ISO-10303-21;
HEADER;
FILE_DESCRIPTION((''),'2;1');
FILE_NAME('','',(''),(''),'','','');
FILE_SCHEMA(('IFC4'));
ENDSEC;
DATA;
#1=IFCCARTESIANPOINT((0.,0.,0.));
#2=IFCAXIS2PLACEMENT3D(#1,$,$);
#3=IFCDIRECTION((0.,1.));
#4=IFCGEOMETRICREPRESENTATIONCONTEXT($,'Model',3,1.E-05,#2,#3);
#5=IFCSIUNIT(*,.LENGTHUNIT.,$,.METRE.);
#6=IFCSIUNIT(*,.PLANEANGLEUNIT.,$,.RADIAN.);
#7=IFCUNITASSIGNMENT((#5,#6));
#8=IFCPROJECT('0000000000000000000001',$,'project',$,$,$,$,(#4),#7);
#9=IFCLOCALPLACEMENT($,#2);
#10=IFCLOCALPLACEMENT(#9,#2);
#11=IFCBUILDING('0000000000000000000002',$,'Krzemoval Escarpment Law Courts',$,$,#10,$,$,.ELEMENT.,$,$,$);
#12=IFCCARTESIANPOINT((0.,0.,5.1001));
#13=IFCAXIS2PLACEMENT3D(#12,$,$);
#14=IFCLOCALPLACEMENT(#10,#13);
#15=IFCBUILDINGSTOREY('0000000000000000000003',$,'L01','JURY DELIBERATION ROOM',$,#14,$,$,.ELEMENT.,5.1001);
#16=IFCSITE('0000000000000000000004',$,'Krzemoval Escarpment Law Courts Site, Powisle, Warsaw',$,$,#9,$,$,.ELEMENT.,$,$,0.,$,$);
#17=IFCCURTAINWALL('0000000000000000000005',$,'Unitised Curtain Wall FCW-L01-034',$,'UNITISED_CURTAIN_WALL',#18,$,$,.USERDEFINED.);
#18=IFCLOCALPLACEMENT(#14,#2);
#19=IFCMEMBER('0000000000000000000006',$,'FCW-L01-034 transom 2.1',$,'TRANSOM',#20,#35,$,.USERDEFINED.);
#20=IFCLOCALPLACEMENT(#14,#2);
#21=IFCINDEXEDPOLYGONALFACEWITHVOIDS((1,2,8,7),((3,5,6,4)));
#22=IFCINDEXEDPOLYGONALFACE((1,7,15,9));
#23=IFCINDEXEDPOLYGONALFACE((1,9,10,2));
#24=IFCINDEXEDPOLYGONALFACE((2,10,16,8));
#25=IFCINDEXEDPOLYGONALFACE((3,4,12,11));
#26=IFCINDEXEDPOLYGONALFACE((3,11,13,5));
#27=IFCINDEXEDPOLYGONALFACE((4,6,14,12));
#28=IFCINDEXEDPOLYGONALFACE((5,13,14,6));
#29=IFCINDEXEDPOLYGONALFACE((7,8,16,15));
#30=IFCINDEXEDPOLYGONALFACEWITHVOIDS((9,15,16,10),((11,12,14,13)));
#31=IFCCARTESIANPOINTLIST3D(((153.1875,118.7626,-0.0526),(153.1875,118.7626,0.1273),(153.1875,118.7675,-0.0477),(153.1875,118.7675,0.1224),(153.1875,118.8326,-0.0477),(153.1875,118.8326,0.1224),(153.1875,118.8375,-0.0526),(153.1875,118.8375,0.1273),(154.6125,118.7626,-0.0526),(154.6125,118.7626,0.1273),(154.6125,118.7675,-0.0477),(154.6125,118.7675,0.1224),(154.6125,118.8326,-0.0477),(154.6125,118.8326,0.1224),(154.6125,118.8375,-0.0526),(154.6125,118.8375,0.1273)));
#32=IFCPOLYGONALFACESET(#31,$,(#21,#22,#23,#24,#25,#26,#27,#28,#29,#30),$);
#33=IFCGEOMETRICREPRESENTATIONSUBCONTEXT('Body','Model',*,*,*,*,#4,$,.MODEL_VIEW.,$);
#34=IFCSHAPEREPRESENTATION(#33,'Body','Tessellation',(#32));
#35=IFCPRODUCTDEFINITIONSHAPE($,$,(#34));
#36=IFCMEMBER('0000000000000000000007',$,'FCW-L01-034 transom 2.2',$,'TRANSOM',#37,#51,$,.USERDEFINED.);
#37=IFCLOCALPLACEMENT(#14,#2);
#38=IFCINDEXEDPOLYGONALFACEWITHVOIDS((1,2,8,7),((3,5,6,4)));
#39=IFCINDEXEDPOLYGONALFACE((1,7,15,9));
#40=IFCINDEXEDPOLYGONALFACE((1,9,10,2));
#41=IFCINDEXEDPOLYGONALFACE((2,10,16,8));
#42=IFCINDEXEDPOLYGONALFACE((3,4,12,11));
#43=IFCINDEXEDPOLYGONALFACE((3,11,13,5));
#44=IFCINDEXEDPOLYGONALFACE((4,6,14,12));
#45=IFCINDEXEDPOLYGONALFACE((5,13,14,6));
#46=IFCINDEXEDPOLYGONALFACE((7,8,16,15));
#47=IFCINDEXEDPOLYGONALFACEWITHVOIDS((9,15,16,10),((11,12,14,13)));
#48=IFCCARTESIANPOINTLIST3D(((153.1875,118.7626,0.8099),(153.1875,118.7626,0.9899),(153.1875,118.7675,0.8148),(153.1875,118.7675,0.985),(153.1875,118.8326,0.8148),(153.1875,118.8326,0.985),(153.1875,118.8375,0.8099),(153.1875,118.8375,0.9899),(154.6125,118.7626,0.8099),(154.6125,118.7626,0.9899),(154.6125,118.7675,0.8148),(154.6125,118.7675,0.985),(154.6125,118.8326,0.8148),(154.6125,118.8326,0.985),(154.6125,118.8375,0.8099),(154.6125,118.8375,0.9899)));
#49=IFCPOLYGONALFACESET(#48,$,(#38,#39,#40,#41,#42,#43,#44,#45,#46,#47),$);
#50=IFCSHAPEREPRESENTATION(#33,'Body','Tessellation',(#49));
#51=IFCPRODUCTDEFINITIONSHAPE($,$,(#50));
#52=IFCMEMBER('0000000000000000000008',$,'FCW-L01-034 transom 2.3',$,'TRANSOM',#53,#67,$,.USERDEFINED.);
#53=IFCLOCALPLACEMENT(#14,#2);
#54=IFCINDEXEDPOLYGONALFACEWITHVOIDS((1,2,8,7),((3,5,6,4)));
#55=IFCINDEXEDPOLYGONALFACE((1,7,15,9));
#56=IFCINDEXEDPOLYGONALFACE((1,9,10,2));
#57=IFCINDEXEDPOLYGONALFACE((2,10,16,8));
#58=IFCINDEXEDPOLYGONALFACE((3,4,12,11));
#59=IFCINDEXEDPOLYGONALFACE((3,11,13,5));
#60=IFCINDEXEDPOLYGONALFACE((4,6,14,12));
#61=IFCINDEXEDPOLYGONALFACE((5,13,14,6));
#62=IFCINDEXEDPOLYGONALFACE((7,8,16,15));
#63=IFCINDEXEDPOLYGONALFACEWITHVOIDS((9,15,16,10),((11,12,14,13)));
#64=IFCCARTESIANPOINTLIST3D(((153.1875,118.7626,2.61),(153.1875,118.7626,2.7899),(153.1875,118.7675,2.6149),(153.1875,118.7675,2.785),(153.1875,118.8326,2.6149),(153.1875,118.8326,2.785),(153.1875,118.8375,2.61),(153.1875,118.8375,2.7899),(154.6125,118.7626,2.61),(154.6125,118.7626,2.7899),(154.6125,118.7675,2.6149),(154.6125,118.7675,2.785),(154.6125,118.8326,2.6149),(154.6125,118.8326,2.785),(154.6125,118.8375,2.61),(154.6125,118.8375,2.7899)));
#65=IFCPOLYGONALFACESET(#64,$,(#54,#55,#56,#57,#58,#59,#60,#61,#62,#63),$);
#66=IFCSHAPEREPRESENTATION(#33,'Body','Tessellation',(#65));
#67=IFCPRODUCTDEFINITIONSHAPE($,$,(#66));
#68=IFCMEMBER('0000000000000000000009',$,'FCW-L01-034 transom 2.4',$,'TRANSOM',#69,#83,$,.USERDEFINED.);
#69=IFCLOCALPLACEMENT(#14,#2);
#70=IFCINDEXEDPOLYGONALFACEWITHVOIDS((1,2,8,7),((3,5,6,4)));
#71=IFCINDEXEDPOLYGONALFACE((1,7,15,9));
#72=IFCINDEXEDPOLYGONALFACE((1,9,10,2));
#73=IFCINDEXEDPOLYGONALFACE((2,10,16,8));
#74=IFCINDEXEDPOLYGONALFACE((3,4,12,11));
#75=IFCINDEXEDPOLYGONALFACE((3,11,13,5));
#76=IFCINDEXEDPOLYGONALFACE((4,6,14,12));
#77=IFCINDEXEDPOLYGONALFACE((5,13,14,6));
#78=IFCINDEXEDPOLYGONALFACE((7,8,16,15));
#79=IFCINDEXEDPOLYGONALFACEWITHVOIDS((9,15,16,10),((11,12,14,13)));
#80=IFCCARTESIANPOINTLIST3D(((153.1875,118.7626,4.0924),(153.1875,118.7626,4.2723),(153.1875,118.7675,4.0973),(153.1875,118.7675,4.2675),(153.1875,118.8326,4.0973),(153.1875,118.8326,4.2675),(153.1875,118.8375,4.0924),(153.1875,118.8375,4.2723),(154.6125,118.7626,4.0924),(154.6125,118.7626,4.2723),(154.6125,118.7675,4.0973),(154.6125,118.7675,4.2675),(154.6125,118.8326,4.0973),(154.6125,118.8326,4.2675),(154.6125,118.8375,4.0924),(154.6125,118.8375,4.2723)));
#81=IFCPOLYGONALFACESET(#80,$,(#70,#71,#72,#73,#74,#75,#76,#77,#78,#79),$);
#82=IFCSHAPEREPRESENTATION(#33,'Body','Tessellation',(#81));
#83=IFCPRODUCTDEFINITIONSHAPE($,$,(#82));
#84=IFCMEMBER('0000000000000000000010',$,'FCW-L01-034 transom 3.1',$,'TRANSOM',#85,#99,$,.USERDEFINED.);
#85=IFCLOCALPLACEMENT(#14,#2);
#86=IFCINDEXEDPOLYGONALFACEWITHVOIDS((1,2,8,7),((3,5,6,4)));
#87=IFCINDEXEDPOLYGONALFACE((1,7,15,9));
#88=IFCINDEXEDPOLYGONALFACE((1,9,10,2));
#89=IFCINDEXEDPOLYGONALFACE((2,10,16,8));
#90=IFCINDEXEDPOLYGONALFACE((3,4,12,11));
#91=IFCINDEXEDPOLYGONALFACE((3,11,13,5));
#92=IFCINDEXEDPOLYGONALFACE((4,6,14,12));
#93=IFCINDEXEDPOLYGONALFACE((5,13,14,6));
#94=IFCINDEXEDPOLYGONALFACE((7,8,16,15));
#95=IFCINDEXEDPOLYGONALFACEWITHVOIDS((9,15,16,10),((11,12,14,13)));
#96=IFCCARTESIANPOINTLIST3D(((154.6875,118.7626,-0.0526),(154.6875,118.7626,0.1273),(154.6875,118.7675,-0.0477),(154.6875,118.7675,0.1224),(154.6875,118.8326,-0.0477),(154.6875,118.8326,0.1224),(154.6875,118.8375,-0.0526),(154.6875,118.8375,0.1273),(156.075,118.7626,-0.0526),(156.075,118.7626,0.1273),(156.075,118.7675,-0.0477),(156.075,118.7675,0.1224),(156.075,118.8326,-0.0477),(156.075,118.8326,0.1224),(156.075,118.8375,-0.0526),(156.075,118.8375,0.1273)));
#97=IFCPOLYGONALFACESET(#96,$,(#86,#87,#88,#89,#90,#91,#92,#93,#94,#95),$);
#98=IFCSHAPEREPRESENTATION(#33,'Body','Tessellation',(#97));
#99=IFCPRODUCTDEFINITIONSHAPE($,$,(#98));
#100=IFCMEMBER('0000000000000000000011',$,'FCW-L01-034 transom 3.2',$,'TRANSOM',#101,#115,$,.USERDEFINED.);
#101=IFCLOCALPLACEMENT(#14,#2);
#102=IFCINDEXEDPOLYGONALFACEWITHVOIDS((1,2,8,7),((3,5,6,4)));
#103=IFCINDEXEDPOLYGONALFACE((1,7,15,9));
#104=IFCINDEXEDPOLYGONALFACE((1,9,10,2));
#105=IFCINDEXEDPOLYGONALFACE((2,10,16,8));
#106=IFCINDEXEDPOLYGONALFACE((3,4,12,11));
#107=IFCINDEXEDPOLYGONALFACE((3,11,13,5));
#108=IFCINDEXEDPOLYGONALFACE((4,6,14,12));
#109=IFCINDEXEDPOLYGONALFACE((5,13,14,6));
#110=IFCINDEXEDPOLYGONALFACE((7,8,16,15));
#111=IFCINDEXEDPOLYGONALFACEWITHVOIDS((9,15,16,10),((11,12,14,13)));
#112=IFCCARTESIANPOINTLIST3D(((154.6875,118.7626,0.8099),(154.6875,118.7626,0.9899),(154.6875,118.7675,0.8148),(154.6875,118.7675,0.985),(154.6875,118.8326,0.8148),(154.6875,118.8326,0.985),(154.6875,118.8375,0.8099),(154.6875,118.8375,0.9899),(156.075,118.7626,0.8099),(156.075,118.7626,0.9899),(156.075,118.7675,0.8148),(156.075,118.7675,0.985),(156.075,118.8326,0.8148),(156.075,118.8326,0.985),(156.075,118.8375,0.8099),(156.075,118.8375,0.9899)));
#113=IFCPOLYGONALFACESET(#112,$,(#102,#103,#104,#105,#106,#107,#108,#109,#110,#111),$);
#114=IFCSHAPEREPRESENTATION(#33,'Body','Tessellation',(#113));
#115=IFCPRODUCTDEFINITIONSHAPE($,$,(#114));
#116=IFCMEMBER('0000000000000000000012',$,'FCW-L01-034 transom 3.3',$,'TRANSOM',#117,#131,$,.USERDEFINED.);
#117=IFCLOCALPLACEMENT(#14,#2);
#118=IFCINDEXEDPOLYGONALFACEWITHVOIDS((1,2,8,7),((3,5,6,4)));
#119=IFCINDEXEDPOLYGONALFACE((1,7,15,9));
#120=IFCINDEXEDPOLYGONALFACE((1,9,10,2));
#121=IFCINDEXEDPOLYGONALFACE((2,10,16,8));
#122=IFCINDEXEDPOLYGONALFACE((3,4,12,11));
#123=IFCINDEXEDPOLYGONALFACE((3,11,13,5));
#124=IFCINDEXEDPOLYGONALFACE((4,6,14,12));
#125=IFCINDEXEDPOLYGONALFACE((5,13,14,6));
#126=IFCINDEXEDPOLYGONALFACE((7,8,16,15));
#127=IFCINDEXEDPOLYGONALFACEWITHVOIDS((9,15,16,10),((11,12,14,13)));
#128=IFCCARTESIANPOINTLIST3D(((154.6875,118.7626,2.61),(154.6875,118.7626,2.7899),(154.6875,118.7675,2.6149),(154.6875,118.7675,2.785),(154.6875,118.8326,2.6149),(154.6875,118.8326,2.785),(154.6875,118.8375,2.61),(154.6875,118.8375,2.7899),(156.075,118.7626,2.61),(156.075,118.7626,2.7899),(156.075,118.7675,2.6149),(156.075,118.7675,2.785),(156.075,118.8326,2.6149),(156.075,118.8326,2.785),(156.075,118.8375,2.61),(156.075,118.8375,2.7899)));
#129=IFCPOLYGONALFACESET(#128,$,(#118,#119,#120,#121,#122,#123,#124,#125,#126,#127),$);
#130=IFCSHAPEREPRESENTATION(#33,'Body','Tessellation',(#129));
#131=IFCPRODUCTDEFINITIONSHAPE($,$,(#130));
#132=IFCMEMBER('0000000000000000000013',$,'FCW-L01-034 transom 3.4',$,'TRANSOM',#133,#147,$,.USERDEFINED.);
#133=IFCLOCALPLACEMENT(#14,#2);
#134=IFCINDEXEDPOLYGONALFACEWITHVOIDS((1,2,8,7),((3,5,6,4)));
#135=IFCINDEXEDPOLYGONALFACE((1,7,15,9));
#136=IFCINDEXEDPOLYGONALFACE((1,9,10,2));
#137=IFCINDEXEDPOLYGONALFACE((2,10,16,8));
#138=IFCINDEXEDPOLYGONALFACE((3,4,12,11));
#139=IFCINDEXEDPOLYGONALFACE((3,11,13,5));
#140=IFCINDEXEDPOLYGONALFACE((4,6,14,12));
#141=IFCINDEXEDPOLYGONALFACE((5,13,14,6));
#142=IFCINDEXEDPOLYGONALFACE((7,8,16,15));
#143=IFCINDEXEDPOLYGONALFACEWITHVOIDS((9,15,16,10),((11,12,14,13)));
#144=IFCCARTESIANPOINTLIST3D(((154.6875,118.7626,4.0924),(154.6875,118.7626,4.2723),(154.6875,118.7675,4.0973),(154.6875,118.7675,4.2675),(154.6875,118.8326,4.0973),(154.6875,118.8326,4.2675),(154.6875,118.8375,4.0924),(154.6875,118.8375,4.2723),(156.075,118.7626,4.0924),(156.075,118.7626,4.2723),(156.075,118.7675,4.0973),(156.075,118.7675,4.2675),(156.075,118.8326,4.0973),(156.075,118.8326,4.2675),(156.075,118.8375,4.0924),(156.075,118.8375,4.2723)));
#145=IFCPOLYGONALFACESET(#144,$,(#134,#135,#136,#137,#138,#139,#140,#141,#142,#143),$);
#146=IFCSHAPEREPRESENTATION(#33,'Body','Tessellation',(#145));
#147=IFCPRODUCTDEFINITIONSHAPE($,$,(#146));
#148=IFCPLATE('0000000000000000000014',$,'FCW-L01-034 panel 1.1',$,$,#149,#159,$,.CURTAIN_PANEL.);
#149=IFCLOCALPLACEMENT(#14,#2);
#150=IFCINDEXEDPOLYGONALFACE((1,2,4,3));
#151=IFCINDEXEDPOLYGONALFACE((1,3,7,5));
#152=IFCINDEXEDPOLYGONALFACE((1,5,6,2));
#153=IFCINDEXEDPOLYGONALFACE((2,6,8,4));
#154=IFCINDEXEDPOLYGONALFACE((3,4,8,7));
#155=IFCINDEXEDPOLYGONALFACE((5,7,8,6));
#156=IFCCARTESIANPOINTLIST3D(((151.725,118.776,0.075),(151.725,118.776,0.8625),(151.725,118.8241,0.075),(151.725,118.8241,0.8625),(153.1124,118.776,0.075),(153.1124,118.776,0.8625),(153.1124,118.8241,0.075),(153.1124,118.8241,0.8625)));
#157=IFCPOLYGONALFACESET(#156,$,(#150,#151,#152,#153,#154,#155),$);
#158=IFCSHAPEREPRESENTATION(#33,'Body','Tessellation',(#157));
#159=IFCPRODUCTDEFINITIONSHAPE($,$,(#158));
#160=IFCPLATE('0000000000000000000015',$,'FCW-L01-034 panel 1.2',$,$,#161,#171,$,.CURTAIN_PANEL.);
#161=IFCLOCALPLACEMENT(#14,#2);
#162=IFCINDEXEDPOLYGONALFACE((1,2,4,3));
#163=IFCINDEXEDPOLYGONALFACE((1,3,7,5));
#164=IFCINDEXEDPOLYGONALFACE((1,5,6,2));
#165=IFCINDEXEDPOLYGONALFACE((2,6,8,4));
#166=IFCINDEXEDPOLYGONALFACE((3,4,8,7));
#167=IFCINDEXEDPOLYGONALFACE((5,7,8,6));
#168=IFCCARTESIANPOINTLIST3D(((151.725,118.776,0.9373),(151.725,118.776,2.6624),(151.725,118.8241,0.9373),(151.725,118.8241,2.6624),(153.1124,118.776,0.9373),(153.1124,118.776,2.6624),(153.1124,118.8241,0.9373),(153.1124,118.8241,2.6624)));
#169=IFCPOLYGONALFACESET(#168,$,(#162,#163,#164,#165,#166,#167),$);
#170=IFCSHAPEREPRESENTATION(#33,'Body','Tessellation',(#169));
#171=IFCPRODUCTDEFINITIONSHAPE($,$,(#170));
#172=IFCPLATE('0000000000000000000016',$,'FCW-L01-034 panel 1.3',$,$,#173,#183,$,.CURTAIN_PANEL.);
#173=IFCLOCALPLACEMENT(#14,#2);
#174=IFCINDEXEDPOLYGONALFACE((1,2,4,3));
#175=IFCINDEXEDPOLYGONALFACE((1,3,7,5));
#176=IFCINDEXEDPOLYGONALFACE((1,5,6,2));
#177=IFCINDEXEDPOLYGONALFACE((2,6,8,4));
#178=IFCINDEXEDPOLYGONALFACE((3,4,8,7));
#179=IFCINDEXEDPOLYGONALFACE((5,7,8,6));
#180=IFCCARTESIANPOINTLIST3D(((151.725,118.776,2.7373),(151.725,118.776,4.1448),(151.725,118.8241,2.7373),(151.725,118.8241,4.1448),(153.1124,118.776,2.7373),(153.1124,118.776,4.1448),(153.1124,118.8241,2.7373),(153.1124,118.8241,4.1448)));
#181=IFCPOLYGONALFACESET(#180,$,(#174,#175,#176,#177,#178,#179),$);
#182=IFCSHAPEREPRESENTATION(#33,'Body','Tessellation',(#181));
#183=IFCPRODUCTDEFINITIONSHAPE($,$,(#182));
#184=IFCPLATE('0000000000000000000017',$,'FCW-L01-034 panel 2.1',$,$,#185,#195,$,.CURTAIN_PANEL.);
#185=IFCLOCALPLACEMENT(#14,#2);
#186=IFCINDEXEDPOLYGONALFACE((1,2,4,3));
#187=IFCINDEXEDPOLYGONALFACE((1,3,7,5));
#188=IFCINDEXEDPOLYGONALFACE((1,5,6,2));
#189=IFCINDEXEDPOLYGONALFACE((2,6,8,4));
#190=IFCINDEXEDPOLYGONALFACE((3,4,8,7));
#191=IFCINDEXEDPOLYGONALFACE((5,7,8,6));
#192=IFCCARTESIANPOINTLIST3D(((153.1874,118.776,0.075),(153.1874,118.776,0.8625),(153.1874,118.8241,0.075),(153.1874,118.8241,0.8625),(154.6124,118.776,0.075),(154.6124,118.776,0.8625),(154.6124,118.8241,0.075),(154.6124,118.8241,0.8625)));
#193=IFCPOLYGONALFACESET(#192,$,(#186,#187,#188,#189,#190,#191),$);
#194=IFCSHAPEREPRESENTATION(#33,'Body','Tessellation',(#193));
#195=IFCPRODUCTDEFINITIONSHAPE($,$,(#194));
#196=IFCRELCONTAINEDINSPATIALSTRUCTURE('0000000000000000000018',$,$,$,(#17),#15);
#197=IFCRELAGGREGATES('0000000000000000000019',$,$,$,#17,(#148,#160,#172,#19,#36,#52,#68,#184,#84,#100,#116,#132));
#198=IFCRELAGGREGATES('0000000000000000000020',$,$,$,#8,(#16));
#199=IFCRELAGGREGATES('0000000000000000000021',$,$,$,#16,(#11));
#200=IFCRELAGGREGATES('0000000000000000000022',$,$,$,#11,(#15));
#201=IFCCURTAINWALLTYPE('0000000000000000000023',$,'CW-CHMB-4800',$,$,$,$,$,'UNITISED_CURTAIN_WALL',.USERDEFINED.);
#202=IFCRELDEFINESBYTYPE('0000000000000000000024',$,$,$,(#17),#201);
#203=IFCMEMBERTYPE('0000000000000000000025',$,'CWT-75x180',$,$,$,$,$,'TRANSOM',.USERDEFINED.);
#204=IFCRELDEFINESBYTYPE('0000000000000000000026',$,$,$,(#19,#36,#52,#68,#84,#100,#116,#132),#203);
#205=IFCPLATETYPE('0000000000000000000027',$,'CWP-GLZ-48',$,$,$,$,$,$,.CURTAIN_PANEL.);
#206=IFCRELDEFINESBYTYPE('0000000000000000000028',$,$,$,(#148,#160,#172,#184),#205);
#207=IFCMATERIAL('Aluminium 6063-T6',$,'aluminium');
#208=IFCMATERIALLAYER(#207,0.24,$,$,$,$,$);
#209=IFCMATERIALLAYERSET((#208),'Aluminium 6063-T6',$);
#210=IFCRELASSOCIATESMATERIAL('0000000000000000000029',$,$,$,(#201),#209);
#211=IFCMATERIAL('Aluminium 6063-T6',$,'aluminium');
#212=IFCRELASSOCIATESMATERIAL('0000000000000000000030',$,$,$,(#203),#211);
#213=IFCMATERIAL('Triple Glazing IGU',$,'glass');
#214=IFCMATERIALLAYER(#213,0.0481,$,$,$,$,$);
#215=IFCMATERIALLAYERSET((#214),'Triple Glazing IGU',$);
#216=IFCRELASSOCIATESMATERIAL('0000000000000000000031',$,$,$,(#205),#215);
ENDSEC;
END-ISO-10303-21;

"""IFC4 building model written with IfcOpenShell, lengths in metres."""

from ifc_helpers import new_model, si_unit, direction, frame, origin, origin_2d, place, context, subcontext, project, spatial, rectangle, hollow_rectangle, extrude, material, layer, layer_set, material_profile, profile_set, type_object, element, aggregate, save


model = new_model("IFC4")

# Units and contexts
model_context = context("Model", 3, precision=1e-05, world=origin(), true_north=direction((0.0, 1.0)))
body_context = subcontext(model_context, "Body", "Model", "MODEL_VIEW")
ifc_project = project(units=[si_unit("LENGTHUNIT", "METRE"), si_unit("PLANEANGLEUNIT", "RADIAN")], contexts=[model_context])

# Site, building, storey
site_placement = place(None, origin())
site = spatial("IfcSite", under=ifc_project, at=site_placement, Name="Krzemoval Escarpment Law Courts Site, Powisle, Warsaw", CompositionType="ELEMENT", RefElevation=0.0)
building_placement = place(site_placement, origin())
building = spatial("IfcBuilding", under=site, at=building_placement, Name="Krzemoval Escarpment Law Courts", CompositionType="ELEMENT")
storey_placement = place(building_placement, frame((0.0, 0.0, 5.1001)))
storey = spatial("IfcBuildingStorey", under=building, at=storey_placement, Name="L01", Description="JURY DELIBERATION ROOM", CompositionType="ELEMENT", Elevation=5.1001)

# Curtain wall, members, plates
ifc_material_1 = material(Name="Aluminium 6063-T6", Category="aluminium")
ifc_layer_1 = layer(ifc_material_1, 0.24)
ifc_layer_set_1 = layer_set([ifc_layer_1], Name="Aluminium 6063-T6")
curtain_wall_type = type_object("IfcCurtainWallType", Name="CW-CHMB-4800", ElementType="UNITISED_CURTAIN_WALL", PredefinedType="USERDEFINED", material=ifc_layer_set_1)
curtain_wall_placement = place(storey_placement, origin())
curtain_wall = element("IfcCurtainWall", 1, at=curtain_wall_placement, inside=storey, type_object=curtain_wall_type, Name="Unitised Curtain Wall FCW-L01-034", ObjectType="UNITISED_CURTAIN_WALL", PredefinedType="USERDEFINED")
ifc_material_2 = material(Name="Aluminium 6063-T6", Category="aluminium")
ifc_material_profile_1 = material_profile(ifc_material_2, hollow_rectangle(XDim=0.075, YDim=0.1799, WallThickness=0.0049, at=origin_2d()), Name="ALU T75x180")
ifc_profile_set_1 = profile_set([ifc_material_profile_1], Name="Aluminium 6063-T6")
member_type_1 = type_object("IfcMemberType", Name="CWT-75x180", ElementType="TRANSOM", PredefinedType="USERDEFINED", material=ifc_profile_set_1)
member_1_placement = place(storey_placement, frame((153.1875, 118.8, 0.0374), z_axis=(1.0, 0.0, 0.0), x_axis=(0.0, 1.0, 0.0)))
member_1 = element("IfcMember", 2, at=member_1_placement, type_object=member_type_1, Name="FCW-L01-034 transom 2.1", ObjectType="TRANSOM", PredefinedType="USERDEFINED", context=body_context, shape_type="SweptSolid", body=[
    extrude(hollow_rectangle(XDim=0.075, YDim=0.1799, WallThickness=0.0049, at=origin_2d()), origin(), (0.0, 0.0, 1.0), 1.425),
])
member_2_placement = place(storey_placement, frame((153.1875, 118.8, 0.8999), z_axis=(1.0, 0.0, 0.0), x_axis=(0.0, 1.0, 0.0)))
member_2 = element("IfcMember", 3, at=member_2_placement, type_object=member_type_1, Name="FCW-L01-034 transom 2.2", ObjectType="TRANSOM", PredefinedType="USERDEFINED", context=body_context, shape_type="SweptSolid", body=[
    extrude(hollow_rectangle(XDim=0.075, YDim=0.1799, WallThickness=0.0049, at=origin_2d()), origin(), (0.0, 0.0, 1.0), 1.425),
])
member_3_placement = place(storey_placement, frame((153.1875, 118.8, 2.7), z_axis=(1.0, 0.0, 0.0), x_axis=(0.0, 1.0, 0.0)))
member_3 = element("IfcMember", 4, at=member_3_placement, type_object=member_type_1, Name="FCW-L01-034 transom 2.3", ObjectType="TRANSOM", PredefinedType="USERDEFINED", context=body_context, shape_type="SweptSolid", body=[
    extrude(hollow_rectangle(XDim=0.075, YDim=0.1799, WallThickness=0.0049, at=origin_2d()), origin(), (0.0, 0.0, 1.0), 1.425),
])
member_4_placement = place(storey_placement, frame((153.1875, 118.8, 4.1824), z_axis=(1.0, 0.0, 0.0), x_axis=(0.0, 1.0, 0.0)))
member_4 = element("IfcMember", 5, at=member_4_placement, type_object=member_type_1, Name="FCW-L01-034 transom 2.4", ObjectType="TRANSOM", PredefinedType="USERDEFINED", context=body_context, shape_type="SweptSolid", body=[
    extrude(hollow_rectangle(XDim=0.075, YDim=0.1799, WallThickness=0.0049, at=origin_2d()), origin(), (0.0, 0.0, 1.0), 1.425),
])
member_5_placement = place(storey_placement, frame((154.6875, 118.8, 0.0374), z_axis=(1.0, 0.0, 0.0), x_axis=(0.0, 1.0, 0.0)))
member_5 = element("IfcMember", 6, at=member_5_placement, type_object=member_type_1, Name="FCW-L01-034 transom 3.1", ObjectType="TRANSOM", PredefinedType="USERDEFINED", context=body_context, shape_type="SweptSolid", body=[
    extrude(hollow_rectangle(XDim=0.075, YDim=0.1799, WallThickness=0.0049, at=origin_2d()), origin(), (0.0, 0.0, 1.0), 1.3875),
])
member_6_placement = place(storey_placement, frame((154.6875, 118.8, 0.8999), z_axis=(1.0, 0.0, 0.0), x_axis=(0.0, 1.0, 0.0)))
member_6 = element("IfcMember", 7, at=member_6_placement, type_object=member_type_1, Name="FCW-L01-034 transom 3.2", ObjectType="TRANSOM", PredefinedType="USERDEFINED", context=body_context, shape_type="SweptSolid", body=[
    extrude(hollow_rectangle(XDim=0.075, YDim=0.1799, WallThickness=0.0049, at=origin_2d()), origin(), (0.0, 0.0, 1.0), 1.3875),
])
member_7_placement = place(storey_placement, frame((154.6875, 118.8, 2.7), z_axis=(1.0, 0.0, 0.0), x_axis=(0.0, 1.0, 0.0)))
member_7 = element("IfcMember", 8, at=member_7_placement, type_object=member_type_1, Name="FCW-L01-034 transom 3.3", ObjectType="TRANSOM", PredefinedType="USERDEFINED", context=body_context, shape_type="SweptSolid", body=[
    extrude(hollow_rectangle(XDim=0.075, YDim=0.1799, WallThickness=0.0049, at=origin_2d()), origin(), (0.0, 0.0, 1.0), 1.3875),
])
member_8_placement = place(storey_placement, frame((154.6875, 118.8, 4.1824), z_axis=(1.0, 0.0, 0.0), x_axis=(0.0, 1.0, 0.0)))
member_8 = element("IfcMember", 9, at=member_8_placement, type_object=member_type_1, Name="FCW-L01-034 transom 3.4", ObjectType="TRANSOM", PredefinedType="USERDEFINED", context=body_context, shape_type="SweptSolid", body=[
    extrude(hollow_rectangle(XDim=0.075, YDim=0.1799, WallThickness=0.0049, at=origin_2d()), origin(), (0.0, 0.0, 1.0), 1.3875),
])
ifc_material_3 = material(Name="Triple Glazing IGU", Category="glass")
ifc_layer_2 = layer(ifc_material_3, 0.0481)
ifc_layer_set_2 = layer_set([ifc_layer_2], Name="Triple Glazing IGU")
plate_type = type_object("IfcPlateType", Name="CWP-GLZ-48", PredefinedType="CURTAIN_PANEL", material=ifc_layer_set_2)
plate_1_placement = place(storey_placement, frame((152.4187, 118.8, 0.075), z_axis=(0.0, 0.0, 1.0), x_axis=(1.0, 0.0, 0.0)))
plate_1 = element("IfcPlate", 10, at=plate_1_placement, type_object=plate_type, Name="FCW-L01-034 panel 1.1", PredefinedType="CURTAIN_PANEL", context=body_context, shape_type="SweptSolid", body=[
    extrude(rectangle(XDim=1.3875, YDim=0.0481, at=origin_2d()), origin(), (0.0, 0.0, 1.0), 0.7876),
])
plate_2_placement = place(storey_placement, frame((152.4187, 118.8, 0.9373), z_axis=(0.0, 0.0, 1.0), x_axis=(1.0, 0.0, 0.0)))
plate_2 = element("IfcPlate", 11, at=plate_2_placement, type_object=plate_type, Name="FCW-L01-034 panel 1.2", PredefinedType="CURTAIN_PANEL", context=body_context, shape_type="SweptSolid", body=[
    extrude(rectangle(XDim=1.3875, YDim=0.0481, at=origin_2d()), origin(), (0.0, 0.0, 1.0), 1.7251),
])
plate_3_placement = place(storey_placement, frame((152.4187, 118.8, 2.7373), z_axis=(0.0, 0.0, 1.0), x_axis=(1.0, 0.0, 0.0)))
plate_3 = element("IfcPlate", 12, at=plate_3_placement, type_object=plate_type, Name="FCW-L01-034 panel 1.3", PredefinedType="CURTAIN_PANEL", context=body_context, shape_type="SweptSolid", body=[
    extrude(rectangle(XDim=1.3875, YDim=0.0481, at=origin_2d()), origin(), (0.0, 0.0, 1.0), 1.4075),
])
plate_4_placement = place(storey_placement, frame((153.8999, 118.8, 0.075), z_axis=(0.0, 0.0, 1.0), x_axis=(1.0, 0.0, 0.0)))
plate_4 = element("IfcPlate", 13, at=plate_4_placement, type_object=plate_type, Name="FCW-L01-034 panel 2.1", PredefinedType="CURTAIN_PANEL", context=body_context, shape_type="SweptSolid", body=[
    extrude(rectangle(XDim=1.425, YDim=0.0481, at=origin_2d()), origin(), (0.0, 0.0, 1.0), 0.7876),
])
aggregate(curtain_wall, [plate_1, plate_2, plate_3, member_1, member_2, member_3, member_4, plate_4, member_5, member_6, member_7, member_8])

save(model, "model.ifc")
